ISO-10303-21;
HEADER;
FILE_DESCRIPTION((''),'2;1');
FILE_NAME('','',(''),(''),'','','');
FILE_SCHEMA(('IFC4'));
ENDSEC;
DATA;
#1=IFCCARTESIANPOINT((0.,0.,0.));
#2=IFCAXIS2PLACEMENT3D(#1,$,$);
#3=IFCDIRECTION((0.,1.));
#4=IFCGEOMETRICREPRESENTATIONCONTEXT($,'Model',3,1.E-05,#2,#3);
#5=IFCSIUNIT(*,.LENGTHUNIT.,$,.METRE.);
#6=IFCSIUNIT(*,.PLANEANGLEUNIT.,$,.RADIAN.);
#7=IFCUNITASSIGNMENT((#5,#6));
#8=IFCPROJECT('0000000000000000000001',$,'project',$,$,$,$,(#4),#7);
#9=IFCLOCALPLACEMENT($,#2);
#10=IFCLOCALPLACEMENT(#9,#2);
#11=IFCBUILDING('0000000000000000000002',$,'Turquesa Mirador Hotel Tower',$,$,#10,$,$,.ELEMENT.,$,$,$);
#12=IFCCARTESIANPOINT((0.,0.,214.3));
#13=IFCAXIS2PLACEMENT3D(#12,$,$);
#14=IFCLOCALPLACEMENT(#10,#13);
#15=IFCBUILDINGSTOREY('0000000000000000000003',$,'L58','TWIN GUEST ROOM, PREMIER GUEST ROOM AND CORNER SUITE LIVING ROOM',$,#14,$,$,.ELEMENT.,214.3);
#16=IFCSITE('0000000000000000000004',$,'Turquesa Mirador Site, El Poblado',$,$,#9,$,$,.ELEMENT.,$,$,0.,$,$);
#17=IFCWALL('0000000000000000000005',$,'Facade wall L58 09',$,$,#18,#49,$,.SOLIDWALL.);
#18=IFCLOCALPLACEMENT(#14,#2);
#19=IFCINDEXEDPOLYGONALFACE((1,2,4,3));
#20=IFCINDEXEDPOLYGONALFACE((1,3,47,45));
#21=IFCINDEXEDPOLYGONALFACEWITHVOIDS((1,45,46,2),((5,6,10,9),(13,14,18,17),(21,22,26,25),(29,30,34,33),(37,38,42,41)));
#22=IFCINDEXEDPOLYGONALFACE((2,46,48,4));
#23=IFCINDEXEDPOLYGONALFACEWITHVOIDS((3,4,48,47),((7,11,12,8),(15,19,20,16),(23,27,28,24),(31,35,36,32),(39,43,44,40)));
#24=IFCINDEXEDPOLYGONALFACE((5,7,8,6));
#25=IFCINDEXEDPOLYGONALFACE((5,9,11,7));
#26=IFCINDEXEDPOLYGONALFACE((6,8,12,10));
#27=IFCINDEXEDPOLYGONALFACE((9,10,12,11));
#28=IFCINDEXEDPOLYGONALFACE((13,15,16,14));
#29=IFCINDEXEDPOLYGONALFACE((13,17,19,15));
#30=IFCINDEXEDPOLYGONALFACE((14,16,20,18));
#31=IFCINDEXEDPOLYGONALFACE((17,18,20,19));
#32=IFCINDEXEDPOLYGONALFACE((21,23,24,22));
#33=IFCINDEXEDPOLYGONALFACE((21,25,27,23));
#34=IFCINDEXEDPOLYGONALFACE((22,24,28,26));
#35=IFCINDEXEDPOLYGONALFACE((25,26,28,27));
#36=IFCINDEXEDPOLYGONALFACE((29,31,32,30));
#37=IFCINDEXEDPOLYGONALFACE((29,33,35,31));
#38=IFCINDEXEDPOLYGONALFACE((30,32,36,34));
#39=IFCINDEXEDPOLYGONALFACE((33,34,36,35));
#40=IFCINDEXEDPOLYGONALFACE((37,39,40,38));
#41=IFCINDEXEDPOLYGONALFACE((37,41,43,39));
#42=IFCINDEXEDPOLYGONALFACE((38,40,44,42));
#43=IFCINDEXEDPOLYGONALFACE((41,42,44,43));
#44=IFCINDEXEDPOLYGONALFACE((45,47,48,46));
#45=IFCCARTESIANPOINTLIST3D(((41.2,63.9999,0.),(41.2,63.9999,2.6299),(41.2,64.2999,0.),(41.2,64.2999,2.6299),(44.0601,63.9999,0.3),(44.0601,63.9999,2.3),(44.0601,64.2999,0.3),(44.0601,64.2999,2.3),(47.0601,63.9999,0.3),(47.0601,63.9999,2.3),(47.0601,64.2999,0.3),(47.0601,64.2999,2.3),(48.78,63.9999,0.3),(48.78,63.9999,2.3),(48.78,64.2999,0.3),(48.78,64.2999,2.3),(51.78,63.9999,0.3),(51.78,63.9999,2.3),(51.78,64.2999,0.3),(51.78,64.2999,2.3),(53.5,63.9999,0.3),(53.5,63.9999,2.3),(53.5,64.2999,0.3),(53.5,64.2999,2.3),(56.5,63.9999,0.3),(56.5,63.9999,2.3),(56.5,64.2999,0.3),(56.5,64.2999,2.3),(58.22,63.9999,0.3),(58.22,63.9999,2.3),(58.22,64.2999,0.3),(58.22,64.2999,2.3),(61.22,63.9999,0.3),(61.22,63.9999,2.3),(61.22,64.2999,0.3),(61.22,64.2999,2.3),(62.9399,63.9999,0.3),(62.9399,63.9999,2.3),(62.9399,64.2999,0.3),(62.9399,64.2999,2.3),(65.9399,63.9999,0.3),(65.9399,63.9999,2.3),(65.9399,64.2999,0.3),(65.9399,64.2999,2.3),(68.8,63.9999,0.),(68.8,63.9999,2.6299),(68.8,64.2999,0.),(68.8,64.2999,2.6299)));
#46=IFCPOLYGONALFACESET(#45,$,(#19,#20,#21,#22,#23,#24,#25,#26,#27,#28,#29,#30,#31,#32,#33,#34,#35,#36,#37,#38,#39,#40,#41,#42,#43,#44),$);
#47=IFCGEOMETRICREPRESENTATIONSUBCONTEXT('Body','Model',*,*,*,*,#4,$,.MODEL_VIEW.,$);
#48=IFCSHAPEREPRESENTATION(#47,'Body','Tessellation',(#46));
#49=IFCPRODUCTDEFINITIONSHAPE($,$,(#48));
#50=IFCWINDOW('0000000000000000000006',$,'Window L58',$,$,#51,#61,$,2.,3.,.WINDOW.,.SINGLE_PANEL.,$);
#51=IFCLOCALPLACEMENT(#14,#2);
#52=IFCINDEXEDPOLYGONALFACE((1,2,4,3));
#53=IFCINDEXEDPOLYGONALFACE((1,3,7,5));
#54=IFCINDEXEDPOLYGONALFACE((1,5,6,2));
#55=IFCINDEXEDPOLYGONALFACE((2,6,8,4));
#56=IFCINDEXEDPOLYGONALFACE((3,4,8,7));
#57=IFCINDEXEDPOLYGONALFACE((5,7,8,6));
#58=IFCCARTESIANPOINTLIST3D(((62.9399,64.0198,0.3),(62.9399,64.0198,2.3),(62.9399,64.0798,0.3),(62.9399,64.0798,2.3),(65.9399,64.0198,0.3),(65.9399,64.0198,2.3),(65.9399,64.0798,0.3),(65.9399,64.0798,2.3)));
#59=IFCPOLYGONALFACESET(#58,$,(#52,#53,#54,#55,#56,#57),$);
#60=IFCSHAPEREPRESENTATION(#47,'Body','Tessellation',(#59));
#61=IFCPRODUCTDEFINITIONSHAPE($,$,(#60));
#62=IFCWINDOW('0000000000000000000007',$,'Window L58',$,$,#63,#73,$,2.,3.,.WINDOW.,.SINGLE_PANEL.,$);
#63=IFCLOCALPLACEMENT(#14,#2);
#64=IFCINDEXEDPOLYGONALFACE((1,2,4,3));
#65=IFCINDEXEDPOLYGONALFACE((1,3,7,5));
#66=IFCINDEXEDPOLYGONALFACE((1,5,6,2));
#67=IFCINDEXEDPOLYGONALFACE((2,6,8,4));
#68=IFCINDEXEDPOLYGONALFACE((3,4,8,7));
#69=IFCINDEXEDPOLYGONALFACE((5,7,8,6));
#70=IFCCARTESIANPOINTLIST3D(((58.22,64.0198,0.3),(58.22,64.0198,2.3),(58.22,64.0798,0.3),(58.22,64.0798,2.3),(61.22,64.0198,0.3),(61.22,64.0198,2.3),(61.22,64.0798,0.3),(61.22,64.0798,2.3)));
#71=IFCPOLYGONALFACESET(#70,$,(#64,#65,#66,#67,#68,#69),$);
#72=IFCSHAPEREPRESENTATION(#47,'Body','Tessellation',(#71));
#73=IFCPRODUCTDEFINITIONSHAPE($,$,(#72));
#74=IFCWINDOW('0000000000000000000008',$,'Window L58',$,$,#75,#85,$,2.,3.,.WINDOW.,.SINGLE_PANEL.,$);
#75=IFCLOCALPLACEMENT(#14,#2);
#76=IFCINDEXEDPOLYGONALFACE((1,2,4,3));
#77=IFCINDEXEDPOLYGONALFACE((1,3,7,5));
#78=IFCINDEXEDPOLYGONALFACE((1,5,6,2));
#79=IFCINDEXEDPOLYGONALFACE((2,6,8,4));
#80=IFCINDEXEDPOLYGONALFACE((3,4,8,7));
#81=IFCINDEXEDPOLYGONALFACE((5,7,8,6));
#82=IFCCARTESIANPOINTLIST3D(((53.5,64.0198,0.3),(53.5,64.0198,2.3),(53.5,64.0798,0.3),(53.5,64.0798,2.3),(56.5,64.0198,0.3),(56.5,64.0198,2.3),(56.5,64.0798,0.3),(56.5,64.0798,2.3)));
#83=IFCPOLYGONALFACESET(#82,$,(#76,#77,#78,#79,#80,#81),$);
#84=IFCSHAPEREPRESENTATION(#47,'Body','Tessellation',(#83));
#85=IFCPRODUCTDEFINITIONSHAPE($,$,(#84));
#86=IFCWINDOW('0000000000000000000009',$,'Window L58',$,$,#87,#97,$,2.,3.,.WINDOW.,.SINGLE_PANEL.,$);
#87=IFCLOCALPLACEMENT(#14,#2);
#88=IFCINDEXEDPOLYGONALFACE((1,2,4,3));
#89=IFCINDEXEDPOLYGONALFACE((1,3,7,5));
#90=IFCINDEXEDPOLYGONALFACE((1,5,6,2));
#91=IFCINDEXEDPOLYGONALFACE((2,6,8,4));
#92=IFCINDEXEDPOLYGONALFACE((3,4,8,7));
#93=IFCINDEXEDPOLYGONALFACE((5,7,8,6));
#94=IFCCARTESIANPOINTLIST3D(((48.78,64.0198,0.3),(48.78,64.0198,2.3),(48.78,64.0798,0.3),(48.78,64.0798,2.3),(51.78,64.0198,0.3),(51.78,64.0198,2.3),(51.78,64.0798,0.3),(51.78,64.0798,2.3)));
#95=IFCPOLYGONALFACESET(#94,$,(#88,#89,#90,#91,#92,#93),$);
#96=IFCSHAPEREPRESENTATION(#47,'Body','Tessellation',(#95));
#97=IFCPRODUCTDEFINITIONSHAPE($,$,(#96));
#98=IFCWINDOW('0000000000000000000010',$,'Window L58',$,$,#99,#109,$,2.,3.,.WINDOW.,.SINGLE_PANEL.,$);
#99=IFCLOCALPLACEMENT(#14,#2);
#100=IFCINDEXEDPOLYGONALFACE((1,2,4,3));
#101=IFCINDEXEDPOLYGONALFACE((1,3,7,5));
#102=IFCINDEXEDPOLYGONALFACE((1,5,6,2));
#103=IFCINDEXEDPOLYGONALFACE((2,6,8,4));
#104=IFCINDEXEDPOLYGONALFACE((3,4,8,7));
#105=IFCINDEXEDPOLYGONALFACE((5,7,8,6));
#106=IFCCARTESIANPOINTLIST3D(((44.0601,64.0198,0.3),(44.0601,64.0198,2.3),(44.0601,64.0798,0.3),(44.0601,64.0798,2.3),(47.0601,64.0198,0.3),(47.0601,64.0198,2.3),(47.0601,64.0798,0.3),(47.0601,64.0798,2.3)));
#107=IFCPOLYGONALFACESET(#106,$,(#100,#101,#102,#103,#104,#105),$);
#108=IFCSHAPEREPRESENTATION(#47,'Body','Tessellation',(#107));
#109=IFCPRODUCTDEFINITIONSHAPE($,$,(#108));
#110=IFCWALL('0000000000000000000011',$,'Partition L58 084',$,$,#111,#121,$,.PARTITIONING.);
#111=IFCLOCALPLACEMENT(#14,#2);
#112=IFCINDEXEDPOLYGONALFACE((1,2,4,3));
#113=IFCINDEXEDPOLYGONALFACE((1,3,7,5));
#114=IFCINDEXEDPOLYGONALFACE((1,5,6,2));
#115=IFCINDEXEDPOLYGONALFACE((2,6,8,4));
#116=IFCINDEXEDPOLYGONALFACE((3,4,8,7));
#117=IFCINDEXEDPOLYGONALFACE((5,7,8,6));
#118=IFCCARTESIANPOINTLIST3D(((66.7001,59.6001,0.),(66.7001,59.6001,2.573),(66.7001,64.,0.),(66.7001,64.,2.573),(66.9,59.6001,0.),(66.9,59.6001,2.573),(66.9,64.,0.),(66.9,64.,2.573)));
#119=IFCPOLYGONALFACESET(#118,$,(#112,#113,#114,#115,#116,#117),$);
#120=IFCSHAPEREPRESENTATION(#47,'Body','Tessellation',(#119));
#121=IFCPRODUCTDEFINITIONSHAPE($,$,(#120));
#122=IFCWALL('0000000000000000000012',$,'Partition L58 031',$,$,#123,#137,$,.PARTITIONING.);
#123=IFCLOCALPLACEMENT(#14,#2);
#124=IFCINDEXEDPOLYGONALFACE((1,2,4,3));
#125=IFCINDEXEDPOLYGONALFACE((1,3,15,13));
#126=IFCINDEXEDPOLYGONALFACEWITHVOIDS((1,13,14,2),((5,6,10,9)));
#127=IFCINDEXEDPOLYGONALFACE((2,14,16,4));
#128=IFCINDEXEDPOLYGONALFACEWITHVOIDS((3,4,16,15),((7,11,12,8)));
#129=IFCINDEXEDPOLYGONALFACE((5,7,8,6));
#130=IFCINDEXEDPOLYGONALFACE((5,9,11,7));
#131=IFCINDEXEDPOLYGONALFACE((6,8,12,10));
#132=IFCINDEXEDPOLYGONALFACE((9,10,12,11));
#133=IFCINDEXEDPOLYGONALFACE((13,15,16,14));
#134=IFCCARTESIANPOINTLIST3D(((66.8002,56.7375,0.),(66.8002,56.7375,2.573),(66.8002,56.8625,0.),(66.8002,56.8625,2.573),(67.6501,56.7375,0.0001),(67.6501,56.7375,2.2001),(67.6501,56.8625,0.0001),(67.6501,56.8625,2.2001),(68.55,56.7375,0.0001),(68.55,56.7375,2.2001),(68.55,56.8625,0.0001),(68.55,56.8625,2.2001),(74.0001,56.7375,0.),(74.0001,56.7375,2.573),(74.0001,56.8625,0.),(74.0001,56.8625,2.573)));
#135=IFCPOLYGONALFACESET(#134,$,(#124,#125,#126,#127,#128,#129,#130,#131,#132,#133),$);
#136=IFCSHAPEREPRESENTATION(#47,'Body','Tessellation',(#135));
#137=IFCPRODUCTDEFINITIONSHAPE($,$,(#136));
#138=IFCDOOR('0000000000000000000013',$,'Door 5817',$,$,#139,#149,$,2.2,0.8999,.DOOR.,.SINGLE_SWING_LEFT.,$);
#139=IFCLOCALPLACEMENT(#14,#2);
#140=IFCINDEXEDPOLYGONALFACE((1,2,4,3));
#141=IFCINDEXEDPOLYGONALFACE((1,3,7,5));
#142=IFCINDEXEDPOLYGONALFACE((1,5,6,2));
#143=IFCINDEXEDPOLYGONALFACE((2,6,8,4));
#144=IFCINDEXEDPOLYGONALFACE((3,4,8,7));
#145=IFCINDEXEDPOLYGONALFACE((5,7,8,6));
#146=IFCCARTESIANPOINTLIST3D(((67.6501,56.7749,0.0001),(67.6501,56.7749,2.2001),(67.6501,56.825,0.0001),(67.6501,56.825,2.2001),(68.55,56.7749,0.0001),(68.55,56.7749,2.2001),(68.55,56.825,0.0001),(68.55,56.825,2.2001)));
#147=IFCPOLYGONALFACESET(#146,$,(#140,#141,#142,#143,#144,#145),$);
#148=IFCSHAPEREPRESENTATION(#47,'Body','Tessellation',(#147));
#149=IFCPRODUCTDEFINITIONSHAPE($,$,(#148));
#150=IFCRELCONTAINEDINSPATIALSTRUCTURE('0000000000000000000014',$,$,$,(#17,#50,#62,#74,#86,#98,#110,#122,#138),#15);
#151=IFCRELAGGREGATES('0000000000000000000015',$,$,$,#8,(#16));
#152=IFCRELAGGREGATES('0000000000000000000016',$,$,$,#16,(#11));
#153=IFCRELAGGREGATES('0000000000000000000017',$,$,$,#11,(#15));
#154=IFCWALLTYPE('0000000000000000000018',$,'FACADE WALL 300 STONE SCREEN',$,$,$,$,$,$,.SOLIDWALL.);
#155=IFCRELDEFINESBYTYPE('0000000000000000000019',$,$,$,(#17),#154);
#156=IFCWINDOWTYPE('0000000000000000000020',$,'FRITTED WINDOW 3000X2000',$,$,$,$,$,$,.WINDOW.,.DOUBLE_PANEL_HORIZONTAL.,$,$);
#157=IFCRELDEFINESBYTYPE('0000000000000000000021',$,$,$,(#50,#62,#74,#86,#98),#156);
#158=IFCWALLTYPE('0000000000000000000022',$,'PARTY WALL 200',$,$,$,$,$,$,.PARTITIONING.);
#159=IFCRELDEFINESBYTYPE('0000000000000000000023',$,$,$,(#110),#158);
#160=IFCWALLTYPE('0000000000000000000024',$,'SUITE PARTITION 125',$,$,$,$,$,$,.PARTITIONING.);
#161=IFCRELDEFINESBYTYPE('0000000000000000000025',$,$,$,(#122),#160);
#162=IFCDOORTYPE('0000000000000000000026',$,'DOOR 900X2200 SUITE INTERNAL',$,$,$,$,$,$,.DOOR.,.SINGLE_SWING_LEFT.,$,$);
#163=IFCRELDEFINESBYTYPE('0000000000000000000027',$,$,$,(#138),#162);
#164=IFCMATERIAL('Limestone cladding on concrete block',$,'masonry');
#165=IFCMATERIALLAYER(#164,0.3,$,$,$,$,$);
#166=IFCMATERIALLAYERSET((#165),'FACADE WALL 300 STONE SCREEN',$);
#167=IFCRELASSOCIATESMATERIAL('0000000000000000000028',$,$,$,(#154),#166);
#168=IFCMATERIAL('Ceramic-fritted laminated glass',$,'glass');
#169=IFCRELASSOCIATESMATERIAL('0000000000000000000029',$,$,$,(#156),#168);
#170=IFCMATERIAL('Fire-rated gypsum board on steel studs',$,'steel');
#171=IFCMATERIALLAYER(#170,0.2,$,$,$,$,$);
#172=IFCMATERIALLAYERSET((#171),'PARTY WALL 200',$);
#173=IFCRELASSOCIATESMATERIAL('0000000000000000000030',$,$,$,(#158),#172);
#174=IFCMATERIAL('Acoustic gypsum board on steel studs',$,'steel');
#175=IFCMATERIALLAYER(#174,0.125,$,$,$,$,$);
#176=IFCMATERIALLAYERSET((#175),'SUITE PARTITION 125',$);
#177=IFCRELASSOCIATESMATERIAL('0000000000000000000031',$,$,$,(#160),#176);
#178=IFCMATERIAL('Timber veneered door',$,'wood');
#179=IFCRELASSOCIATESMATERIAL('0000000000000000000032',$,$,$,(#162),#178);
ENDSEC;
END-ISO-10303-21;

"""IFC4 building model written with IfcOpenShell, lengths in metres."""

from ifc_helpers import new_model, si_unit, direction, frame, frame_2d, origin, place, context, subcontext, project, spatial, rectangle, extrude, material, layer, layer_set, type_object, element, fill, save


model = new_model("IFC4")

# Units and contexts
model_context = context("Model", 3, precision=1e-05, world=origin(), true_north=direction((0.0, 1.0)))
body_context = subcontext(model_context, "Body", "Model", "MODEL_VIEW")
ifc_project = project(units=[si_unit("LENGTHUNIT", "METRE"), si_unit("PLANEANGLEUNIT", "RADIAN")], contexts=[model_context])

# Site, building, storey
site_placement = place(None, origin())
site = spatial("IfcSite", under=ifc_project, at=site_placement, Name="Turquesa Mirador Site, El Poblado", CompositionType="ELEMENT", RefElevation=0.0)
building_placement = place(site_placement, origin())
building = spatial("IfcBuilding", under=site, at=building_placement, Name="Turquesa Mirador Hotel Tower", CompositionType="ELEMENT")
storey_placement = place(building_placement, frame((0.0, 0.0, 214.3)))
storey = spatial("IfcBuildingStorey", under=building, at=storey_placement, Name="L58", Description="TWIN GUEST ROOM, PREMIER GUEST ROOM AND CORNER SUITE LIVING ROOM", CompositionType="ELEMENT", Elevation=214.3)

# Shared definitions
ifc_material_1 = material(Name="Limestone cladding on concrete block", Category="masonry")
ifc_layer_1 = layer(ifc_material_1, 0.3)
ifc_layer_set_1 = layer_set([ifc_layer_1], Name="FACADE WALL 300 STONE SCREEN")
wall_type_1 = type_object("IfcWallType", Name="FACADE WALL 300 STONE SCREEN", PredefinedType="SOLIDWALL", material=ifc_layer_set_1)

# Wall, openings, windows
wall_1_placement = place(storey_placement, frame((68.8, 64.1499, 0.0), z_axis=(0.0, 0.0, 1.0), x_axis=(-1.0, 0.0, 0.0)))
wall_1 = element("IfcWall", 1, at=wall_1_placement, inside=storey, type_object=wall_type_1, Name="Facade wall L58 09", PredefinedType="SOLIDWALL", context=body_context, shape_type="SweptSolid", body=[
    extrude(rectangle(XDim=27.6001, YDim=0.3, at=frame_2d((13.8, 0.0))), origin(), (0.0, 0.0, 1.0), 2.6299),
])
opening_1_placement = place(wall_1_placement, frame((2.8601, 0.0, 0.3)))
opening_1 = element("IfcOpeningElement", 2, at=opening_1_placement, cuts=wall_1, PredefinedType="OPENING", context=body_context, shape_type="SweptSolid", body=[
    extrude(rectangle(XDim=3.0, YDim=2.0, at=frame_2d((1.5, 1.0))), frame((0.0, 0.1599, 0.0), z_axis=(0.0, -1.0, 0.0), x_axis=(1.0, 0.0, 0.0)), (0.0, 0.0, 1.0), 0.3201),
])
opening_2_placement = place(wall_1_placement, frame((7.5801, 0.0, 0.3)))
opening_2 = element("IfcOpeningElement", 3, at=opening_2_placement, cuts=wall_1, PredefinedType="OPENING", context=body_context, shape_type="SweptSolid", body=[
    extrude(rectangle(XDim=3.0, YDim=2.0, at=frame_2d((1.5, 1.0))), frame((0.0, 0.1599, 0.0), z_axis=(0.0, -1.0, 0.0), x_axis=(1.0, 0.0, 0.0)), (0.0, 0.0, 1.0), 0.3201),
])
opening_3_placement = place(wall_1_placement, frame((12.3, 0.0, 0.3)))
opening_3 = element("IfcOpeningElement", 4, at=opening_3_placement, cuts=wall_1, PredefinedType="OPENING", context=body_context, shape_type="SweptSolid", body=[
    extrude(rectangle(XDim=3.0, YDim=2.0, at=frame_2d((1.5, 1.0))), frame((0.0, 0.1599, 0.0), z_axis=(0.0, -1.0, 0.0), x_axis=(1.0, 0.0, 0.0)), (0.0, 0.0, 1.0), 0.3201),
])
opening_4_placement = place(wall_1_placement, frame((17.02, 0.0, 0.3)))
opening_4 = element("IfcOpeningElement", 5, at=opening_4_placement, cuts=wall_1, PredefinedType="OPENING", context=body_context, shape_type="SweptSolid", body=[
    extrude(rectangle(XDim=3.0, YDim=2.0, at=frame_2d((1.5, 1.0))), frame((0.0, 0.1599, 0.0), z_axis=(0.0, -1.0, 0.0), x_axis=(1.0, 0.0, 0.0)), (0.0, 0.0, 1.0), 0.3201),
])
opening_5_placement = place(wall_1_placement, frame((21.74, 0.0, 0.3)))
opening_5 = element("IfcOpeningElement", 6, at=opening_5_placement, cuts=wall_1, PredefinedType="OPENING", context=body_context, shape_type="SweptSolid", body=[
    extrude(rectangle(XDim=3.0, YDim=2.0, at=frame_2d((1.5, 1.0))), frame((0.0, 0.1599, 0.0), z_axis=(0.0, -1.0, 0.0), x_axis=(1.0, 0.0, 0.0)), (0.0, 0.0, 1.0), 0.3201),
])
ifc_material_2 = material(Name="Ceramic-fritted laminated glass", Category="glass")
window_type_1 = type_object("IfcWindowType", Name="FRITTED WINDOW 3000X2000", PartitioningType="DOUBLE_PANEL_HORIZONTAL", PredefinedType="WINDOW", material=ifc_material_2)
window_1_placement = place(opening_1_placement, origin())
window_1 = element("IfcWindow", 7, at=window_1_placement, inside=storey, type_object=window_type_1, Name="Window L58", OverallHeight=2.0, OverallWidth=3.0, PartitioningType="SINGLE_PANEL", PredefinedType="WINDOW", context=body_context, shape_type="SweptSolid", body=[
    extrude(rectangle(XDim=3.0, YDim=2.0, at=frame_2d((1.5, 1.0))), frame((0.0, 0.1301, 0.0), z_axis=(0.0, -1.0, 0.0), x_axis=(1.0, 0.0, 0.0)), (0.0, 0.0, 1.0), 0.0601),
])
fill(opening_1, window_1)
window_2_placement = place(opening_2_placement, origin())
window_2 = element("IfcWindow", 8, at=window_2_placement, inside=storey, type_object=window_type_1, Name="Window L58", OverallHeight=2.0, OverallWidth=3.0, PartitioningType="SINGLE_PANEL", PredefinedType="WINDOW", context=body_context, shape_type="SweptSolid", body=[
    extrude(rectangle(XDim=3.0, YDim=2.0, at=frame_2d((1.5, 1.0))), frame((0.0, 0.1301, 0.0), z_axis=(0.0, -1.0, 0.0), x_axis=(1.0, 0.0, 0.0)), (0.0, 0.0, 1.0), 0.0601),
])
fill(opening_2, window_2)
window_3_placement = place(opening_3_placement, origin())
window_3 = element("IfcWindow", 9, at=window_3_placement, inside=storey, type_object=window_type_1, Name="Window L58", OverallHeight=2.0, OverallWidth=3.0, PartitioningType="SINGLE_PANEL", PredefinedType="WINDOW", context=body_context, shape_type="SweptSolid", body=[
    extrude(rectangle(XDim=3.0, YDim=2.0, at=frame_2d((1.5, 1.0))), frame((0.0, 0.1301, 0.0), z_axis=(0.0, -1.0, 0.0), x_axis=(1.0, 0.0, 0.0)), (0.0, 0.0, 1.0), 0.0601),
])
fill(opening_3, window_3)
window_4_placement = place(opening_4_placement, origin())
window_4 = element("IfcWindow", 10, at=window_4_placement, inside=storey, type_object=window_type_1, Name="Window L58", OverallHeight=2.0, OverallWidth=3.0, PartitioningType="SINGLE_PANEL", PredefinedType="WINDOW", context=body_context, shape_type="SweptSolid", body=[
    extrude(rectangle(XDim=3.0, YDim=2.0, at=frame_2d((1.5, 1.0))), frame((0.0, 0.1301, 0.0), z_axis=(0.0, -1.0, 0.0), x_axis=(1.0, 0.0, 0.0)), (0.0, 0.0, 1.0), 0.0601),
])
fill(opening_4, window_4)
window_5_placement = place(opening_5_placement, origin())
window_5 = element("IfcWindow", 11, at=window_5_placement, inside=storey, type_object=window_type_1, Name="Window L58", OverallHeight=2.0, OverallWidth=3.0, PartitioningType="SINGLE_PANEL", PredefinedType="WINDOW", context=body_context, shape_type="SweptSolid", body=[
    extrude(rectangle(XDim=3.0, YDim=2.0, at=frame_2d((1.5, 1.0))), frame((0.0, 0.1301, 0.0), z_axis=(0.0, -1.0, 0.0), x_axis=(1.0, 0.0, 0.0)), (0.0, 0.0, 1.0), 0.0601),
])
fill(opening_5, window_5)

# Wall
ifc_material_3 = material(Name="Fire-rated gypsum board on steel studs", Category="steel")
ifc_layer_2 = layer(ifc_material_3, 0.2)
ifc_layer_set_2 = layer_set([ifc_layer_2], Name="PARTY WALL 200")
wall_type_2 = type_object("IfcWallType", Name="PARTY WALL 200", PredefinedType="PARTITIONING", material=ifc_layer_set_2)
wall_2_placement = place(storey_placement, frame((66.8, 59.6001, 0.0), z_axis=(0.0, 0.0, 1.0), x_axis=(0.0, 1.0, 0.0)))
element("IfcWall", 12, at=wall_2_placement, inside=storey, type_object=wall_type_2, Name="Partition L58 084", PredefinedType="PARTITIONING", context=body_context, shape_type="SweptSolid", body=[
    extrude(rectangle(XDim=4.3999, YDim=0.2, at=frame_2d((2.2, 0.0))), origin(), (0.0, 0.0, 1.0), 2.573),
])

# Wall, opening, door
ifc_material_4 = material(Name="Acoustic gypsum board on steel studs", Category="steel")
ifc_layer_3 = layer(ifc_material_4, 0.125)
ifc_layer_set_3 = layer_set([ifc_layer_3], Name="SUITE PARTITION 125")
wall_type_3 = type_object("IfcWallType", Name="SUITE PARTITION 125", PredefinedType="PARTITIONING", material=ifc_layer_set_3)
wall_3_placement = place(storey_placement, frame((66.8, 56.8, 0.0), z_axis=(0.0, 0.0, 1.0), x_axis=(1.0, 0.0, 0.0)))
wall_3 = element("IfcWall", 13, at=wall_3_placement, inside=storey, type_object=wall_type_3, Name="Partition L58 031", PredefinedType="PARTITIONING", context=body_context, shape_type="SweptSolid", body=[
    extrude(rectangle(XDim=7.2, YDim=0.125, at=frame_2d((3.6001, 0.0))), origin(), (0.0, 0.0, 1.0), 2.573),
])
opening_6_placement = place(wall_3_placement, frame((0.8501, 0.0, 0.0)))
opening_6 = element("IfcOpeningElement", 14, at=opening_6_placement, cuts=wall_3, PredefinedType="OPENING", context=body_context, shape_type="SweptSolid", body=[
    extrude(rectangle(XDim=0.8999, YDim=2.2, at=frame_2d((0.45, 1.1001))), frame((0.0, 0.0725, 0.0), z_axis=(0.0, -1.0, 0.0), x_axis=(1.0, 0.0, 0.0)), (0.0, 0.0, 1.0), 0.145),
])
ifc_material_5 = material(Name="Timber veneered door", Category="wood")
door_type = type_object("IfcDoorType", Name="DOOR 900X2200 SUITE INTERNAL", OperationType="SINGLE_SWING_LEFT", PredefinedType="DOOR", material=ifc_material_5)
door_placement = place(opening_6_placement, origin())
door = element("IfcDoor", 15, at=door_placement, inside=storey, type_object=door_type, Name="Door 5817", OperationType="SINGLE_SWING_LEFT", OverallHeight=2.2, OverallWidth=0.8999, PredefinedType="DOOR", context=body_context, shape_type="SweptSolid", body=[
    extrude(rectangle(XDim=0.8999, YDim=2.2, at=frame_2d((0.45, 1.1001))), frame((0.0, 0.0249, 0.0), z_axis=(0.0, -1.0, 0.0), x_axis=(1.0, 0.0, 0.0)), (0.0, 0.0, 1.0), 0.05),
])
fill(opening_6, door)

save(model, "model.ifc")
